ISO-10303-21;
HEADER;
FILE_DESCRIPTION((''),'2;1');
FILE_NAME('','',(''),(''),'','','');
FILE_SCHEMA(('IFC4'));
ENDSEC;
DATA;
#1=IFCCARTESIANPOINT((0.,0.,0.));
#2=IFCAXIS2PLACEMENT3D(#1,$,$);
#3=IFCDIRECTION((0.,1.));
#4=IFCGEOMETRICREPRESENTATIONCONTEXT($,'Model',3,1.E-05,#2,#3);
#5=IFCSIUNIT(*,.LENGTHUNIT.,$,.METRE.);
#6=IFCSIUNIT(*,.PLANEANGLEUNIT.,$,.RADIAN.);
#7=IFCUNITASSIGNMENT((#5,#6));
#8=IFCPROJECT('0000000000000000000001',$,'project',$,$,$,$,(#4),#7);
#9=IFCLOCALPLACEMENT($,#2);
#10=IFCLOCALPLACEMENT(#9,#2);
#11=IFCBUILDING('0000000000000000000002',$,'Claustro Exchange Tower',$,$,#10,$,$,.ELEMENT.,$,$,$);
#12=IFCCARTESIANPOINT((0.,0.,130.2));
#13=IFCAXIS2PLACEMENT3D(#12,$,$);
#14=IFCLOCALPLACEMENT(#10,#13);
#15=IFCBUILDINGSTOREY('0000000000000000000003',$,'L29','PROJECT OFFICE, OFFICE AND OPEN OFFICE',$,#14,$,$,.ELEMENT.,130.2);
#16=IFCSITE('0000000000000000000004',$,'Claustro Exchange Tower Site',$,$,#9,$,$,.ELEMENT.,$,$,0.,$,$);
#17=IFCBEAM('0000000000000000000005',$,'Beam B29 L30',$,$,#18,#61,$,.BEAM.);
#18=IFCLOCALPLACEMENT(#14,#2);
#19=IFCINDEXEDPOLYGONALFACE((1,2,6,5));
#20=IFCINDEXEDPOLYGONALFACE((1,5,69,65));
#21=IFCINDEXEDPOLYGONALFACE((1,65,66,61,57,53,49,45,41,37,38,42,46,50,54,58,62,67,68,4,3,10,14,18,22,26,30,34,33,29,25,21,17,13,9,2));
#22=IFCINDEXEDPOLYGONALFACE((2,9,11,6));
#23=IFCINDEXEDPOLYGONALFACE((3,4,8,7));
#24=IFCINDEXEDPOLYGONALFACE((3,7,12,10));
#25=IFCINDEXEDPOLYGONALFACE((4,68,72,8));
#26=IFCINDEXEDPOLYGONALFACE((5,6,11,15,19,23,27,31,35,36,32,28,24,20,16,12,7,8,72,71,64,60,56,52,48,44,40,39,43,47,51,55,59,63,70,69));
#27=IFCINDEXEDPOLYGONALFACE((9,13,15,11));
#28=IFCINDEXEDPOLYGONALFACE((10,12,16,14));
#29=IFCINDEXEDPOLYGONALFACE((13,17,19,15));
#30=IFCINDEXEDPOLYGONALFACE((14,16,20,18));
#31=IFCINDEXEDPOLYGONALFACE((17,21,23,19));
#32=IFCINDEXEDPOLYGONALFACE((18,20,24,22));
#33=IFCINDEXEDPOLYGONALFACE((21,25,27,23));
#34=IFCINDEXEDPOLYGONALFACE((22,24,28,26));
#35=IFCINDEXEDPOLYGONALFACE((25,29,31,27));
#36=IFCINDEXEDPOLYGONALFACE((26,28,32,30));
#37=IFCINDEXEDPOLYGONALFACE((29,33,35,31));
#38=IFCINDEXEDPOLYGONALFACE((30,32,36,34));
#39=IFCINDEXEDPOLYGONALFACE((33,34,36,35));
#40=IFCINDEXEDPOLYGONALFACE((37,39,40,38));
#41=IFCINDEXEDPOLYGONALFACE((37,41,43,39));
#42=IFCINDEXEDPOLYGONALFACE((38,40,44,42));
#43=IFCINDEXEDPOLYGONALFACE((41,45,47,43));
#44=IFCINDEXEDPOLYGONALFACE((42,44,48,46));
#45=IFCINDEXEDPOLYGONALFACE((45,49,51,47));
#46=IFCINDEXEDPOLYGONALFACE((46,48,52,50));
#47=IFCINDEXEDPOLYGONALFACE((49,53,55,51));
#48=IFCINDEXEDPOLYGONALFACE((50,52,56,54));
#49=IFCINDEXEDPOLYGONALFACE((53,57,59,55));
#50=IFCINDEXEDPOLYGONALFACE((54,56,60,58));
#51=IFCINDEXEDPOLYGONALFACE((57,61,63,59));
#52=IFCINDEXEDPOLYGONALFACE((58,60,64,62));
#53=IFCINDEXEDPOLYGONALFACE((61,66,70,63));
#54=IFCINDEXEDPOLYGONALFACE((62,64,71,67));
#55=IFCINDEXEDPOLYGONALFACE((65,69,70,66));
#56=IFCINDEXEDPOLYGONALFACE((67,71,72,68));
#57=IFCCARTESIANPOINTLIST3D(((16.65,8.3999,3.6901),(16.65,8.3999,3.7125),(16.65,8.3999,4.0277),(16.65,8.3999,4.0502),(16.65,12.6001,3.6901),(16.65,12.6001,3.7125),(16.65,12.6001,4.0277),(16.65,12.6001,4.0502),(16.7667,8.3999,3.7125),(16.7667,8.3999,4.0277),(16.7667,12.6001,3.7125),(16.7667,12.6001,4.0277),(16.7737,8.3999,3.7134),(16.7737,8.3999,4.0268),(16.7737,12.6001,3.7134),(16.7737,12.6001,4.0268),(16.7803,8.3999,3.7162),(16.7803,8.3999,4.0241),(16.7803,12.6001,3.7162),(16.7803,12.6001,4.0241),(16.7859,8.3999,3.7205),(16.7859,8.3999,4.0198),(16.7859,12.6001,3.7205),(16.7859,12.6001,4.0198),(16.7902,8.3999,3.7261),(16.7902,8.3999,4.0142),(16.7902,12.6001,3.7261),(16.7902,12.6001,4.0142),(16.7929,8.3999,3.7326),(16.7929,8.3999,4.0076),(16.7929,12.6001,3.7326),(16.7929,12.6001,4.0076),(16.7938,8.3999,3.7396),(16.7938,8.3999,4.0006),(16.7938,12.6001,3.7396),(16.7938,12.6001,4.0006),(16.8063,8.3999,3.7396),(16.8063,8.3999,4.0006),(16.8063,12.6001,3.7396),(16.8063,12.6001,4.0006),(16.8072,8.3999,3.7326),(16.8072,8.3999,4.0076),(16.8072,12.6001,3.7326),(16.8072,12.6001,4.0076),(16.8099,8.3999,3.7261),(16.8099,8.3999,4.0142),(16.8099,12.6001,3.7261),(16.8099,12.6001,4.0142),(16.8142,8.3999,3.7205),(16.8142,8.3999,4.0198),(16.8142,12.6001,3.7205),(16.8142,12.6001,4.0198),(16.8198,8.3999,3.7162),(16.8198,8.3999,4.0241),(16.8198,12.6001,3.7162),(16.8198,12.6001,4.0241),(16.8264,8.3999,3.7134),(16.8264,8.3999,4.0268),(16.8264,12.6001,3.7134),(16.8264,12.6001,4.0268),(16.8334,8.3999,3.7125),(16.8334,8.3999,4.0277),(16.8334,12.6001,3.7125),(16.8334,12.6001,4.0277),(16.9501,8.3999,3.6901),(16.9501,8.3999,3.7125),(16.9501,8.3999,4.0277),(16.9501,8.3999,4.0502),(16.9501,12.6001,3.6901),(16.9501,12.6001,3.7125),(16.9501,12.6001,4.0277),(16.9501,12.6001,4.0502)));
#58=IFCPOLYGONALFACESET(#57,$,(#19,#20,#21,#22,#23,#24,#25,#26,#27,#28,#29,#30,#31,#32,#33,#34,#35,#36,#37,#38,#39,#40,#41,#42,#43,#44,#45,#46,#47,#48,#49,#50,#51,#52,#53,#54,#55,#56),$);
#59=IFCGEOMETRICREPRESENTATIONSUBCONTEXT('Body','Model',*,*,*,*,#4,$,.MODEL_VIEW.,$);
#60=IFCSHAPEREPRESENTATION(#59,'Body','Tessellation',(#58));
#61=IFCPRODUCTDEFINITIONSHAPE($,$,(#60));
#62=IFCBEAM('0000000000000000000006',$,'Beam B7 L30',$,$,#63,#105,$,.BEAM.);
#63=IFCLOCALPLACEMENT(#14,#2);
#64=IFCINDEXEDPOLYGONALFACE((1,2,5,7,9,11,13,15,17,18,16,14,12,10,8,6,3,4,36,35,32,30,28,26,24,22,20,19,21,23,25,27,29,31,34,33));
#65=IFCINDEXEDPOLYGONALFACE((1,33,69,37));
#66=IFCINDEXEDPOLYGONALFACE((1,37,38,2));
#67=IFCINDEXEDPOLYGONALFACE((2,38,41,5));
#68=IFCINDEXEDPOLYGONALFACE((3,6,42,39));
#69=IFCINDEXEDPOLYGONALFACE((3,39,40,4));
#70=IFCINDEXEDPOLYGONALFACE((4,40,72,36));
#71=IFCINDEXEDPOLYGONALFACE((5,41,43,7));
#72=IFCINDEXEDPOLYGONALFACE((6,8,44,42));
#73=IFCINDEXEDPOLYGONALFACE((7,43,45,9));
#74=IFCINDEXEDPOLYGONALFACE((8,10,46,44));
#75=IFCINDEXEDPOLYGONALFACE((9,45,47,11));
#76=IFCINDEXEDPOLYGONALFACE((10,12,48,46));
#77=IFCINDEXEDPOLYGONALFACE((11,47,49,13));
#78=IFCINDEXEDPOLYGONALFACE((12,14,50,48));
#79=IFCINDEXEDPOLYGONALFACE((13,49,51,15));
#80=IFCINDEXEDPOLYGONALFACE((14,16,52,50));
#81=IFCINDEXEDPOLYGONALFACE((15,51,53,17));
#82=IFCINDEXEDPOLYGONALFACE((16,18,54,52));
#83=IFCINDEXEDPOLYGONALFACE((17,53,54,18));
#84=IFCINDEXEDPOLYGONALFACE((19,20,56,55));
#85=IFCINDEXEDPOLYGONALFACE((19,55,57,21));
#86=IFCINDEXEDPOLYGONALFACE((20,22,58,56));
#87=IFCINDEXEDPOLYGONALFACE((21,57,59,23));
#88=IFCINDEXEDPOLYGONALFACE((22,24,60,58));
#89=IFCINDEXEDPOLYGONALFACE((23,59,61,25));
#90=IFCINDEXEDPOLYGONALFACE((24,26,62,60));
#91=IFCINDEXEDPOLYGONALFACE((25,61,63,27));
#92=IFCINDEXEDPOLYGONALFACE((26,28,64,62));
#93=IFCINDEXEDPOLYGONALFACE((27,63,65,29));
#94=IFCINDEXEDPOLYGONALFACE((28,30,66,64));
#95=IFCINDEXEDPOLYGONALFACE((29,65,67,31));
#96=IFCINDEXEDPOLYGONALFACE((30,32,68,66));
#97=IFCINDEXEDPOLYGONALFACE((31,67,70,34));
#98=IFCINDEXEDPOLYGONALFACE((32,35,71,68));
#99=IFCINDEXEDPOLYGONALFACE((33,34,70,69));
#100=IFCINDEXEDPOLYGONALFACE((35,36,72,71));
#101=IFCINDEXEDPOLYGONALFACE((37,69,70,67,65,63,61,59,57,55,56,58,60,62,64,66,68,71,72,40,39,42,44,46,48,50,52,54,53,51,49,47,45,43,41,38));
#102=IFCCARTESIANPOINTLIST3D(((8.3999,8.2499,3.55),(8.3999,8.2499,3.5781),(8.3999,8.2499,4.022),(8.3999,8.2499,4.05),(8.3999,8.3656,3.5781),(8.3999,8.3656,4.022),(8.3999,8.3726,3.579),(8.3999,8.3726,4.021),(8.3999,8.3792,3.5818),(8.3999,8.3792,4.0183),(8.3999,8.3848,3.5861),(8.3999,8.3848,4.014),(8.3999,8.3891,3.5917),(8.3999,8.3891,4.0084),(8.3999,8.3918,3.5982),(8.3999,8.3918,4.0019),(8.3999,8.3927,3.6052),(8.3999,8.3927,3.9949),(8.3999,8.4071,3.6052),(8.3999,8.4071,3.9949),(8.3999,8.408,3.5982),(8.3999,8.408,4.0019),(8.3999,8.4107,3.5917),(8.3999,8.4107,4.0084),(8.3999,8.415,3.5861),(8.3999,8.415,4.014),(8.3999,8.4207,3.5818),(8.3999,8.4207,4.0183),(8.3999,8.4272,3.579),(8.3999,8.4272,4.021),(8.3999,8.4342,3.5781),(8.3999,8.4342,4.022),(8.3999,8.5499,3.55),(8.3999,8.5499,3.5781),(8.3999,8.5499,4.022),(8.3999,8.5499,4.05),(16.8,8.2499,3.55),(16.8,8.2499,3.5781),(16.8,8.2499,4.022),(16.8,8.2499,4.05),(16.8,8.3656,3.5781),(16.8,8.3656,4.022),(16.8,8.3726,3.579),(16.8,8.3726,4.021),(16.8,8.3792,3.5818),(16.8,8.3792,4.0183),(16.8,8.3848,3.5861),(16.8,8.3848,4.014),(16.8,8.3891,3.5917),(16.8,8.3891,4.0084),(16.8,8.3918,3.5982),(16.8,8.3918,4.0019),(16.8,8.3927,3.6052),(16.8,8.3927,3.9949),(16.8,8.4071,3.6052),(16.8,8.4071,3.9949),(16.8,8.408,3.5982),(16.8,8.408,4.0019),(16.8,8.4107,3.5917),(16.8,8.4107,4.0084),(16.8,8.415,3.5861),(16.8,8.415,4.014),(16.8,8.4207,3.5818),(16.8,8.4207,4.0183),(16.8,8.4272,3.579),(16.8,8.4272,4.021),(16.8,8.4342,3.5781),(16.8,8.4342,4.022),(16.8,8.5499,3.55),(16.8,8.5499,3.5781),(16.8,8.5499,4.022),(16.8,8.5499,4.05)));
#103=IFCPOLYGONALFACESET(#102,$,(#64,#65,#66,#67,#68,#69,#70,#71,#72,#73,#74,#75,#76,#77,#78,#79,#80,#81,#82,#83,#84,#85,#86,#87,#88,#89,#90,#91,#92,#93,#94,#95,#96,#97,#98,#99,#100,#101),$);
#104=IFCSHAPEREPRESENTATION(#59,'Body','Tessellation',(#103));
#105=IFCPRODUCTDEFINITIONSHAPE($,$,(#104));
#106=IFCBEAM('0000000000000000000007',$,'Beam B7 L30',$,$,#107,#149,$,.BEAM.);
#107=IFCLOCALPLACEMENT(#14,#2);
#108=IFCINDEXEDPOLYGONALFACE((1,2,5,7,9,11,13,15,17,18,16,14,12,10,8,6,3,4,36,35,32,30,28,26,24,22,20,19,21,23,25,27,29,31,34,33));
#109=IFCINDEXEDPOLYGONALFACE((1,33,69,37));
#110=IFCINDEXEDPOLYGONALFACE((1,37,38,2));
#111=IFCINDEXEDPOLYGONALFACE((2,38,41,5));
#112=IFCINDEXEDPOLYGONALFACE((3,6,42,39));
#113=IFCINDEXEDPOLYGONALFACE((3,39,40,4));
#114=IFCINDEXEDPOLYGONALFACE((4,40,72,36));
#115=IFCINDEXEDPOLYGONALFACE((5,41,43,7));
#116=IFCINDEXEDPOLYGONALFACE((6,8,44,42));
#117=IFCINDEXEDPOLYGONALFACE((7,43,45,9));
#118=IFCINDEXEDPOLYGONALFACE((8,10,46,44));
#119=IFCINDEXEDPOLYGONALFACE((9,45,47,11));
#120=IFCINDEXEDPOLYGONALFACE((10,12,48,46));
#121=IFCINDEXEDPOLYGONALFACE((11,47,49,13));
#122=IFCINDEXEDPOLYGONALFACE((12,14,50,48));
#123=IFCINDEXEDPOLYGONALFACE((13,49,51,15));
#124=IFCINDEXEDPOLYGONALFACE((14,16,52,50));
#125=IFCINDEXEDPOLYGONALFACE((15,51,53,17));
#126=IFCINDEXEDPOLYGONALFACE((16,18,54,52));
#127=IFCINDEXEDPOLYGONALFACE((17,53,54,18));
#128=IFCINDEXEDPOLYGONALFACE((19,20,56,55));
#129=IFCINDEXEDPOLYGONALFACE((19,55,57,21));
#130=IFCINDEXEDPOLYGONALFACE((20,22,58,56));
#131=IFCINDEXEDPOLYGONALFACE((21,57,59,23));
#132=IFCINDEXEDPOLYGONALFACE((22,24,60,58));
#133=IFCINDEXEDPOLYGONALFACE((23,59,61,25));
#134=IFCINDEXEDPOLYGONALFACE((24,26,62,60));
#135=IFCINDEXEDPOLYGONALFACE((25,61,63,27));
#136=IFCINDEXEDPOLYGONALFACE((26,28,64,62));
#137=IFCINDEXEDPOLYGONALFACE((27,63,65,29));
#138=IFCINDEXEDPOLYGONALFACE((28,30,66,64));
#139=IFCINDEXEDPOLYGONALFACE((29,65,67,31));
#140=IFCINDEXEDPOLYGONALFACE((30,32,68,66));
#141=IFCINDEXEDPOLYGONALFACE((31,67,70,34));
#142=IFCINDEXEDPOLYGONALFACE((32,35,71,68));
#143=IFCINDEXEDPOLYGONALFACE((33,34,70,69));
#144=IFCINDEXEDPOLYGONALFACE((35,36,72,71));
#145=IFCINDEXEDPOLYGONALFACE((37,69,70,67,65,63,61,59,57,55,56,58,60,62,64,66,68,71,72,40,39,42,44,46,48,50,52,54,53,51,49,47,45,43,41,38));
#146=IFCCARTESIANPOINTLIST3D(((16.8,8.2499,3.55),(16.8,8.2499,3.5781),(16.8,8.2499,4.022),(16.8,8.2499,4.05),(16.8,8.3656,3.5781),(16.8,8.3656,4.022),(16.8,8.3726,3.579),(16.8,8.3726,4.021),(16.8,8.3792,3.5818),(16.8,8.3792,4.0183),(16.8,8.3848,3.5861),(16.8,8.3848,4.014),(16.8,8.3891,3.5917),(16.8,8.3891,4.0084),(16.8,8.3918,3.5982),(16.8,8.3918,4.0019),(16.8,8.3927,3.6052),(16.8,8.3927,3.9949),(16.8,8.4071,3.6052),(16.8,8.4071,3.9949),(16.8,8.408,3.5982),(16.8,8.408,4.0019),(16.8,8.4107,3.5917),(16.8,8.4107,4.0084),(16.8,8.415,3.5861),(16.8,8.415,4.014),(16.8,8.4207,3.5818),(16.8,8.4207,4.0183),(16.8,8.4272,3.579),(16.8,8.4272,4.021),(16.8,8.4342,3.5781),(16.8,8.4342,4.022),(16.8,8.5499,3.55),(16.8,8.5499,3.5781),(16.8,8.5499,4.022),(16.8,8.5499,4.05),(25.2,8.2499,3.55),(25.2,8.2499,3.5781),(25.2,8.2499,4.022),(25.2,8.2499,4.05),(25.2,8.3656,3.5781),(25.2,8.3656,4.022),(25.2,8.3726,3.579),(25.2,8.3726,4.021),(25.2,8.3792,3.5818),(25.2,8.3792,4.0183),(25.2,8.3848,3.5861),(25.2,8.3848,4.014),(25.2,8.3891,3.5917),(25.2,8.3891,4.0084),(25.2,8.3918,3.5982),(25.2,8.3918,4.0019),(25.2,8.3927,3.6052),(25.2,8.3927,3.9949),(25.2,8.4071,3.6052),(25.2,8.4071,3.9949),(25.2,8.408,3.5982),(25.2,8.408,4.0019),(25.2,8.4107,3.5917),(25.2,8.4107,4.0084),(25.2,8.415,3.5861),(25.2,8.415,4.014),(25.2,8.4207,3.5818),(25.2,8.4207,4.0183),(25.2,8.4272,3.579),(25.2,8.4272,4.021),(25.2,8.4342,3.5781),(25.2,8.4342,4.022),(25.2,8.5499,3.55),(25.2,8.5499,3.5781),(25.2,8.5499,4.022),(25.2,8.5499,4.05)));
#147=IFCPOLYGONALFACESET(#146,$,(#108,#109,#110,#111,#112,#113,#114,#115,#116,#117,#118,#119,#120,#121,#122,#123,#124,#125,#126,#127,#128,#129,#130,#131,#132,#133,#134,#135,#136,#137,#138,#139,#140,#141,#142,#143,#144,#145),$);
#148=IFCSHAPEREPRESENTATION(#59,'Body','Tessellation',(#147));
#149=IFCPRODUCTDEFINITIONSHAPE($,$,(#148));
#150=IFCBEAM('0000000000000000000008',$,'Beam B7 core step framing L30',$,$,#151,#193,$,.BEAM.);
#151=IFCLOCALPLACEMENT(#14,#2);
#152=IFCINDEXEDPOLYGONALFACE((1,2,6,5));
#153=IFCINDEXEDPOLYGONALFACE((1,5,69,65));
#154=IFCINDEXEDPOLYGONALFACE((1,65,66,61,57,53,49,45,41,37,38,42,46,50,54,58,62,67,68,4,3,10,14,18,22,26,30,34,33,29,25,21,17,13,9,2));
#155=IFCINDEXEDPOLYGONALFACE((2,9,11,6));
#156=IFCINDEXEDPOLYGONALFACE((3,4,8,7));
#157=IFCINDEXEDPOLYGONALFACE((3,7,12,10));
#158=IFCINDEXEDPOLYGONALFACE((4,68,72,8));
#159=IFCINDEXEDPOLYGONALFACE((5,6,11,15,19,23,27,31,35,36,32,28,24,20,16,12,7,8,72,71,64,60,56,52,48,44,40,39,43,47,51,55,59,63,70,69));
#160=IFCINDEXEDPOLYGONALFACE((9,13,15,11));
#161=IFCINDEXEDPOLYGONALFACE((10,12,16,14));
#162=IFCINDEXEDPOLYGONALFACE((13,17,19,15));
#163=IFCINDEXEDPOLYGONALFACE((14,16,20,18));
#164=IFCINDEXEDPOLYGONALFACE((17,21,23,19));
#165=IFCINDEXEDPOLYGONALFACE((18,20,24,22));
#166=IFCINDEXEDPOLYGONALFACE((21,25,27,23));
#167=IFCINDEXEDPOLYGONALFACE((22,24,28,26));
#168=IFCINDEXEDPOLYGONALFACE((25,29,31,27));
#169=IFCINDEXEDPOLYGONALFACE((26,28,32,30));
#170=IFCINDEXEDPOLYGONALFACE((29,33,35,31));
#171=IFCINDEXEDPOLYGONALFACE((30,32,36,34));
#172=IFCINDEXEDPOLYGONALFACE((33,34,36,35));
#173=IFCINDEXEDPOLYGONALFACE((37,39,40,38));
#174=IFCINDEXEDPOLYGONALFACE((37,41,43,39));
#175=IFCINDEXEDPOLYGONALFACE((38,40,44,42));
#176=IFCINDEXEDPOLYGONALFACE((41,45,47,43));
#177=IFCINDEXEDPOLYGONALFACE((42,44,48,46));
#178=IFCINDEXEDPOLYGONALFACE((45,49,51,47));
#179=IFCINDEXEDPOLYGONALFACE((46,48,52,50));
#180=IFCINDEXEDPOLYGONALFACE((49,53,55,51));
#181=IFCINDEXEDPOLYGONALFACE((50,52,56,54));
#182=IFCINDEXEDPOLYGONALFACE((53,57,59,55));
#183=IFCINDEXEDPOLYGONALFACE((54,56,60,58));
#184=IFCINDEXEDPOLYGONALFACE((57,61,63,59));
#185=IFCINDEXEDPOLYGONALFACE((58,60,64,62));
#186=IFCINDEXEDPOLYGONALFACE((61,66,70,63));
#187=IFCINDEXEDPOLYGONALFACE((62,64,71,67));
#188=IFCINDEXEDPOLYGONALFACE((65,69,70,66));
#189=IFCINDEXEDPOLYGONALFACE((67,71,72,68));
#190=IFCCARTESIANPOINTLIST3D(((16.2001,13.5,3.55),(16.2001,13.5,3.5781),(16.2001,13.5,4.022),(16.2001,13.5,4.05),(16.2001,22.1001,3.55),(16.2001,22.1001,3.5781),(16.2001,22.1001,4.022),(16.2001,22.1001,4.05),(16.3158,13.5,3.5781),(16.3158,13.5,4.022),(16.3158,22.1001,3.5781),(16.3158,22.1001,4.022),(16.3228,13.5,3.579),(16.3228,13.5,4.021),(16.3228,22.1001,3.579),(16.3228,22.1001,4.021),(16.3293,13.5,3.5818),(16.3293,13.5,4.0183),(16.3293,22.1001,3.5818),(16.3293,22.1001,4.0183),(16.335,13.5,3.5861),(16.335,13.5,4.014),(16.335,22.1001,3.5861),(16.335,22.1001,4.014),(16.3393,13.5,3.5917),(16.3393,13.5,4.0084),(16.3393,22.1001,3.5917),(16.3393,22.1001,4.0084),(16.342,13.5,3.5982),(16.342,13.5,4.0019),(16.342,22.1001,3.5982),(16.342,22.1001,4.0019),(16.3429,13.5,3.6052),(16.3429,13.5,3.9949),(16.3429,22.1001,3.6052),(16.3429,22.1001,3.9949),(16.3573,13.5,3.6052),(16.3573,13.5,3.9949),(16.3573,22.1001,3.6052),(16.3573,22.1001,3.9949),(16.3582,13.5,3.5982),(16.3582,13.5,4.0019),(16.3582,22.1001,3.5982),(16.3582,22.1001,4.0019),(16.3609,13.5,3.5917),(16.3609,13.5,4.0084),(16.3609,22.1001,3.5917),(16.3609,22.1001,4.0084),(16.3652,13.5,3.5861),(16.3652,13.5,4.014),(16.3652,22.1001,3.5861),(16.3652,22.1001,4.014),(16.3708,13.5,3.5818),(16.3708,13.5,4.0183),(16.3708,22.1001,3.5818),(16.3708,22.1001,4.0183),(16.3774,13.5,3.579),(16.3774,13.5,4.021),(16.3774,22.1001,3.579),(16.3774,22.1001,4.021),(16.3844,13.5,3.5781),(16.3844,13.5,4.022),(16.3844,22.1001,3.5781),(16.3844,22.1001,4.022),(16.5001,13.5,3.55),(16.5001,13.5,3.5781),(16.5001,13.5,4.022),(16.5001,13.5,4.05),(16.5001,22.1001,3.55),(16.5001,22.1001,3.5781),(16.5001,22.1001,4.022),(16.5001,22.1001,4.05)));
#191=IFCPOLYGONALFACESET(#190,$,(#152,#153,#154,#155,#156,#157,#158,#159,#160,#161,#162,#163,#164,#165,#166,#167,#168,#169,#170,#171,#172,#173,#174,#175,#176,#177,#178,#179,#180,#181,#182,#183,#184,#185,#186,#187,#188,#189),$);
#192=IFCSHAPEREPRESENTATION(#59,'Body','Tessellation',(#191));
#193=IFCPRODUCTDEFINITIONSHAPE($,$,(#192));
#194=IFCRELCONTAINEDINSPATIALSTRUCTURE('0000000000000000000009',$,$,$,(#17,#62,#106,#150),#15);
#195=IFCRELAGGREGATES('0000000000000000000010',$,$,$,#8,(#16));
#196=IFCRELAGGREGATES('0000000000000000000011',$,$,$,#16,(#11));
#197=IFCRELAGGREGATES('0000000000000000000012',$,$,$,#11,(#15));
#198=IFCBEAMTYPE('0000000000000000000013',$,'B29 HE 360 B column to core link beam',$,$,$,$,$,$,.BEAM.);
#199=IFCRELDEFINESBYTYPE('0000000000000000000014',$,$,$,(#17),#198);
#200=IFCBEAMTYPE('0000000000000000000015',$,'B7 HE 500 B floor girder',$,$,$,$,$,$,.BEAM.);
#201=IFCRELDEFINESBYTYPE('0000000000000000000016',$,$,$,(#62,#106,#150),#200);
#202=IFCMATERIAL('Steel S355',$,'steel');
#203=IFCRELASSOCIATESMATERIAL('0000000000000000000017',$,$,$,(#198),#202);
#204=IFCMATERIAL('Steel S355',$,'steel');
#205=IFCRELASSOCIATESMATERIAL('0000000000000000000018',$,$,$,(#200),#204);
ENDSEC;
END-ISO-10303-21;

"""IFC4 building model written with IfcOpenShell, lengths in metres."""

from ifc_helpers import new_model, si_unit, direction, frame, origin, origin_2d, place, context, subcontext, project, spatial, i_section, extrude, material, material_profile, profile_set, type_object, element, save


model = new_model("IFC4")

# Units and contexts
model_context = context("Model", 3, precision=1e-05, world=origin(), true_north=direction((0.0, 1.0)))
body_context = subcontext(model_context, "Body", "Model", "MODEL_VIEW")
ifc_project = project(units=[si_unit("LENGTHUNIT", "METRE"), si_unit("PLANEANGLEUNIT", "RADIAN")], contexts=[model_context])

# Site, building, storey
site_placement = place(None, origin())
site = spatial("IfcSite", under=ifc_project, at=site_placement, Name="Claustro Exchange Tower Site", CompositionType="ELEMENT", RefElevation=0.0)
building_placement = place(site_placement, origin())
building = spatial("IfcBuilding", under=site, at=building_placement, Name="Claustro Exchange Tower", CompositionType="ELEMENT")
storey_placement = place(building_placement, frame((0.0, 0.0, 130.2)))
storey = spatial("IfcBuildingStorey", under=building, at=storey_placement, Name="L29", Description="PROJECT OFFICE, OFFICE AND OPEN OFFICE", CompositionType="ELEMENT", Elevation=130.2)

# Beams
ifc_material_1 = material(Name="Steel S355", Category="steel")
ifc_material_profile_1 = material_profile(ifc_material_1, i_section(OverallWidth=0.3, OverallDepth=0.3601, WebThickness=0.0125, FlangeThickness=0.0225, FilletRadius=0.0271, at=origin_2d()), Name="HE 360 B")
ifc_profile_set_1 = profile_set([ifc_material_profile_1], Name="Steel S355")
beam_type_1 = type_object("IfcBeamType", Name="B29 HE 360 B column to core link beam", PredefinedType="BEAM", material=ifc_profile_set_1)
for number, where, z_axis, x_axis, name in (
    (1, (16.8, 8.3999, 3.8701), (0.0, 1.0, 0.0), (-1.0, 0.0, 0.0), "Beam B29 L30"),
):
    element("IfcBeam", number, at=place(storey_placement, frame(where, z_axis=z_axis, x_axis=x_axis)), inside=storey, type_object=beam_type_1, Name=name, PredefinedType="BEAM", context=body_context, shape_type="SweptSolid", body=[
        extrude(i_section(OverallWidth=0.3, OverallDepth=0.3601, WebThickness=0.0125, FlangeThickness=0.0225, FilletRadius=0.0271, at=origin_2d()), origin(), (0.0, 0.0, 1.0), 4.2002),
    ])
ifc_material_2 = material(Name="Steel S355", Category="steel")
ifc_material_profile_2 = material_profile(ifc_material_2, i_section(OverallWidth=0.3, OverallDepth=0.5, WebThickness=0.0144, FlangeThickness=0.0281, FilletRadius=0.0271, at=origin_2d()), Name="HE 500 B")
ifc_profile_set_2 = profile_set([ifc_material_profile_2], Name="Steel S355")
beam_type_2 = type_object("IfcBeamType", Name="B7 HE 500 B floor girder", PredefinedType="BEAM", material=ifc_profile_set_2)
beam_1_placement = place(storey_placement, frame((8.3999, 8.3999, 3.8), z_axis=(1.0, 0.0, 0.0), x_axis=(0.0, 1.0, 0.0)))
element("IfcBeam", 2, at=beam_1_placement, inside=storey, type_object=beam_type_2, Name="Beam B7 L30", PredefinedType="BEAM", context=body_context, shape_type="SweptSolid", body=[
    extrude(i_section(OverallWidth=0.3, OverallDepth=0.5, WebThickness=0.0144, FlangeThickness=0.0281, FilletRadius=0.0271, at=origin_2d()), origin(), (0.0, 0.0, 1.0), 8.4001),
])
beam_2_placement = place(storey_placement, frame((16.8, 8.3999, 3.8), z_axis=(1.0, 0.0, 0.0), x_axis=(0.0, 1.0, 0.0)))
element("IfcBeam", 3, at=beam_2_placement, inside=storey, type_object=beam_type_2, Name="Beam B7 L30", PredefinedType="BEAM", context=body_context, shape_type="SweptSolid", body=[
    extrude(i_section(OverallWidth=0.3, OverallDepth=0.5, WebThickness=0.0144, FlangeThickness=0.0281, FilletRadius=0.0271, at=origin_2d()), origin(), (0.0, 0.0, 1.0), 8.3999),
])
beam_3_placement = place(storey_placement, frame((16.3501, 13.5, 3.8), z_axis=(0.0, 1.0, 0.0), x_axis=(-1.0, 0.0, 0.0)))
element("IfcBeam", 4, at=beam_3_placement, inside=storey, type_object=beam_type_2, Name="Beam B7 core step framing L30", PredefinedType="BEAM", context=body_context, shape_type="SweptSolid", body=[
    extrude(i_section(OverallWidth=0.3, OverallDepth=0.5, WebThickness=0.0144, FlangeThickness=0.0281, FilletRadius=0.0271, at=origin_2d()), origin(), (0.0, 0.0, 1.0), 8.6001),
])

save(model, "model.ifc")
